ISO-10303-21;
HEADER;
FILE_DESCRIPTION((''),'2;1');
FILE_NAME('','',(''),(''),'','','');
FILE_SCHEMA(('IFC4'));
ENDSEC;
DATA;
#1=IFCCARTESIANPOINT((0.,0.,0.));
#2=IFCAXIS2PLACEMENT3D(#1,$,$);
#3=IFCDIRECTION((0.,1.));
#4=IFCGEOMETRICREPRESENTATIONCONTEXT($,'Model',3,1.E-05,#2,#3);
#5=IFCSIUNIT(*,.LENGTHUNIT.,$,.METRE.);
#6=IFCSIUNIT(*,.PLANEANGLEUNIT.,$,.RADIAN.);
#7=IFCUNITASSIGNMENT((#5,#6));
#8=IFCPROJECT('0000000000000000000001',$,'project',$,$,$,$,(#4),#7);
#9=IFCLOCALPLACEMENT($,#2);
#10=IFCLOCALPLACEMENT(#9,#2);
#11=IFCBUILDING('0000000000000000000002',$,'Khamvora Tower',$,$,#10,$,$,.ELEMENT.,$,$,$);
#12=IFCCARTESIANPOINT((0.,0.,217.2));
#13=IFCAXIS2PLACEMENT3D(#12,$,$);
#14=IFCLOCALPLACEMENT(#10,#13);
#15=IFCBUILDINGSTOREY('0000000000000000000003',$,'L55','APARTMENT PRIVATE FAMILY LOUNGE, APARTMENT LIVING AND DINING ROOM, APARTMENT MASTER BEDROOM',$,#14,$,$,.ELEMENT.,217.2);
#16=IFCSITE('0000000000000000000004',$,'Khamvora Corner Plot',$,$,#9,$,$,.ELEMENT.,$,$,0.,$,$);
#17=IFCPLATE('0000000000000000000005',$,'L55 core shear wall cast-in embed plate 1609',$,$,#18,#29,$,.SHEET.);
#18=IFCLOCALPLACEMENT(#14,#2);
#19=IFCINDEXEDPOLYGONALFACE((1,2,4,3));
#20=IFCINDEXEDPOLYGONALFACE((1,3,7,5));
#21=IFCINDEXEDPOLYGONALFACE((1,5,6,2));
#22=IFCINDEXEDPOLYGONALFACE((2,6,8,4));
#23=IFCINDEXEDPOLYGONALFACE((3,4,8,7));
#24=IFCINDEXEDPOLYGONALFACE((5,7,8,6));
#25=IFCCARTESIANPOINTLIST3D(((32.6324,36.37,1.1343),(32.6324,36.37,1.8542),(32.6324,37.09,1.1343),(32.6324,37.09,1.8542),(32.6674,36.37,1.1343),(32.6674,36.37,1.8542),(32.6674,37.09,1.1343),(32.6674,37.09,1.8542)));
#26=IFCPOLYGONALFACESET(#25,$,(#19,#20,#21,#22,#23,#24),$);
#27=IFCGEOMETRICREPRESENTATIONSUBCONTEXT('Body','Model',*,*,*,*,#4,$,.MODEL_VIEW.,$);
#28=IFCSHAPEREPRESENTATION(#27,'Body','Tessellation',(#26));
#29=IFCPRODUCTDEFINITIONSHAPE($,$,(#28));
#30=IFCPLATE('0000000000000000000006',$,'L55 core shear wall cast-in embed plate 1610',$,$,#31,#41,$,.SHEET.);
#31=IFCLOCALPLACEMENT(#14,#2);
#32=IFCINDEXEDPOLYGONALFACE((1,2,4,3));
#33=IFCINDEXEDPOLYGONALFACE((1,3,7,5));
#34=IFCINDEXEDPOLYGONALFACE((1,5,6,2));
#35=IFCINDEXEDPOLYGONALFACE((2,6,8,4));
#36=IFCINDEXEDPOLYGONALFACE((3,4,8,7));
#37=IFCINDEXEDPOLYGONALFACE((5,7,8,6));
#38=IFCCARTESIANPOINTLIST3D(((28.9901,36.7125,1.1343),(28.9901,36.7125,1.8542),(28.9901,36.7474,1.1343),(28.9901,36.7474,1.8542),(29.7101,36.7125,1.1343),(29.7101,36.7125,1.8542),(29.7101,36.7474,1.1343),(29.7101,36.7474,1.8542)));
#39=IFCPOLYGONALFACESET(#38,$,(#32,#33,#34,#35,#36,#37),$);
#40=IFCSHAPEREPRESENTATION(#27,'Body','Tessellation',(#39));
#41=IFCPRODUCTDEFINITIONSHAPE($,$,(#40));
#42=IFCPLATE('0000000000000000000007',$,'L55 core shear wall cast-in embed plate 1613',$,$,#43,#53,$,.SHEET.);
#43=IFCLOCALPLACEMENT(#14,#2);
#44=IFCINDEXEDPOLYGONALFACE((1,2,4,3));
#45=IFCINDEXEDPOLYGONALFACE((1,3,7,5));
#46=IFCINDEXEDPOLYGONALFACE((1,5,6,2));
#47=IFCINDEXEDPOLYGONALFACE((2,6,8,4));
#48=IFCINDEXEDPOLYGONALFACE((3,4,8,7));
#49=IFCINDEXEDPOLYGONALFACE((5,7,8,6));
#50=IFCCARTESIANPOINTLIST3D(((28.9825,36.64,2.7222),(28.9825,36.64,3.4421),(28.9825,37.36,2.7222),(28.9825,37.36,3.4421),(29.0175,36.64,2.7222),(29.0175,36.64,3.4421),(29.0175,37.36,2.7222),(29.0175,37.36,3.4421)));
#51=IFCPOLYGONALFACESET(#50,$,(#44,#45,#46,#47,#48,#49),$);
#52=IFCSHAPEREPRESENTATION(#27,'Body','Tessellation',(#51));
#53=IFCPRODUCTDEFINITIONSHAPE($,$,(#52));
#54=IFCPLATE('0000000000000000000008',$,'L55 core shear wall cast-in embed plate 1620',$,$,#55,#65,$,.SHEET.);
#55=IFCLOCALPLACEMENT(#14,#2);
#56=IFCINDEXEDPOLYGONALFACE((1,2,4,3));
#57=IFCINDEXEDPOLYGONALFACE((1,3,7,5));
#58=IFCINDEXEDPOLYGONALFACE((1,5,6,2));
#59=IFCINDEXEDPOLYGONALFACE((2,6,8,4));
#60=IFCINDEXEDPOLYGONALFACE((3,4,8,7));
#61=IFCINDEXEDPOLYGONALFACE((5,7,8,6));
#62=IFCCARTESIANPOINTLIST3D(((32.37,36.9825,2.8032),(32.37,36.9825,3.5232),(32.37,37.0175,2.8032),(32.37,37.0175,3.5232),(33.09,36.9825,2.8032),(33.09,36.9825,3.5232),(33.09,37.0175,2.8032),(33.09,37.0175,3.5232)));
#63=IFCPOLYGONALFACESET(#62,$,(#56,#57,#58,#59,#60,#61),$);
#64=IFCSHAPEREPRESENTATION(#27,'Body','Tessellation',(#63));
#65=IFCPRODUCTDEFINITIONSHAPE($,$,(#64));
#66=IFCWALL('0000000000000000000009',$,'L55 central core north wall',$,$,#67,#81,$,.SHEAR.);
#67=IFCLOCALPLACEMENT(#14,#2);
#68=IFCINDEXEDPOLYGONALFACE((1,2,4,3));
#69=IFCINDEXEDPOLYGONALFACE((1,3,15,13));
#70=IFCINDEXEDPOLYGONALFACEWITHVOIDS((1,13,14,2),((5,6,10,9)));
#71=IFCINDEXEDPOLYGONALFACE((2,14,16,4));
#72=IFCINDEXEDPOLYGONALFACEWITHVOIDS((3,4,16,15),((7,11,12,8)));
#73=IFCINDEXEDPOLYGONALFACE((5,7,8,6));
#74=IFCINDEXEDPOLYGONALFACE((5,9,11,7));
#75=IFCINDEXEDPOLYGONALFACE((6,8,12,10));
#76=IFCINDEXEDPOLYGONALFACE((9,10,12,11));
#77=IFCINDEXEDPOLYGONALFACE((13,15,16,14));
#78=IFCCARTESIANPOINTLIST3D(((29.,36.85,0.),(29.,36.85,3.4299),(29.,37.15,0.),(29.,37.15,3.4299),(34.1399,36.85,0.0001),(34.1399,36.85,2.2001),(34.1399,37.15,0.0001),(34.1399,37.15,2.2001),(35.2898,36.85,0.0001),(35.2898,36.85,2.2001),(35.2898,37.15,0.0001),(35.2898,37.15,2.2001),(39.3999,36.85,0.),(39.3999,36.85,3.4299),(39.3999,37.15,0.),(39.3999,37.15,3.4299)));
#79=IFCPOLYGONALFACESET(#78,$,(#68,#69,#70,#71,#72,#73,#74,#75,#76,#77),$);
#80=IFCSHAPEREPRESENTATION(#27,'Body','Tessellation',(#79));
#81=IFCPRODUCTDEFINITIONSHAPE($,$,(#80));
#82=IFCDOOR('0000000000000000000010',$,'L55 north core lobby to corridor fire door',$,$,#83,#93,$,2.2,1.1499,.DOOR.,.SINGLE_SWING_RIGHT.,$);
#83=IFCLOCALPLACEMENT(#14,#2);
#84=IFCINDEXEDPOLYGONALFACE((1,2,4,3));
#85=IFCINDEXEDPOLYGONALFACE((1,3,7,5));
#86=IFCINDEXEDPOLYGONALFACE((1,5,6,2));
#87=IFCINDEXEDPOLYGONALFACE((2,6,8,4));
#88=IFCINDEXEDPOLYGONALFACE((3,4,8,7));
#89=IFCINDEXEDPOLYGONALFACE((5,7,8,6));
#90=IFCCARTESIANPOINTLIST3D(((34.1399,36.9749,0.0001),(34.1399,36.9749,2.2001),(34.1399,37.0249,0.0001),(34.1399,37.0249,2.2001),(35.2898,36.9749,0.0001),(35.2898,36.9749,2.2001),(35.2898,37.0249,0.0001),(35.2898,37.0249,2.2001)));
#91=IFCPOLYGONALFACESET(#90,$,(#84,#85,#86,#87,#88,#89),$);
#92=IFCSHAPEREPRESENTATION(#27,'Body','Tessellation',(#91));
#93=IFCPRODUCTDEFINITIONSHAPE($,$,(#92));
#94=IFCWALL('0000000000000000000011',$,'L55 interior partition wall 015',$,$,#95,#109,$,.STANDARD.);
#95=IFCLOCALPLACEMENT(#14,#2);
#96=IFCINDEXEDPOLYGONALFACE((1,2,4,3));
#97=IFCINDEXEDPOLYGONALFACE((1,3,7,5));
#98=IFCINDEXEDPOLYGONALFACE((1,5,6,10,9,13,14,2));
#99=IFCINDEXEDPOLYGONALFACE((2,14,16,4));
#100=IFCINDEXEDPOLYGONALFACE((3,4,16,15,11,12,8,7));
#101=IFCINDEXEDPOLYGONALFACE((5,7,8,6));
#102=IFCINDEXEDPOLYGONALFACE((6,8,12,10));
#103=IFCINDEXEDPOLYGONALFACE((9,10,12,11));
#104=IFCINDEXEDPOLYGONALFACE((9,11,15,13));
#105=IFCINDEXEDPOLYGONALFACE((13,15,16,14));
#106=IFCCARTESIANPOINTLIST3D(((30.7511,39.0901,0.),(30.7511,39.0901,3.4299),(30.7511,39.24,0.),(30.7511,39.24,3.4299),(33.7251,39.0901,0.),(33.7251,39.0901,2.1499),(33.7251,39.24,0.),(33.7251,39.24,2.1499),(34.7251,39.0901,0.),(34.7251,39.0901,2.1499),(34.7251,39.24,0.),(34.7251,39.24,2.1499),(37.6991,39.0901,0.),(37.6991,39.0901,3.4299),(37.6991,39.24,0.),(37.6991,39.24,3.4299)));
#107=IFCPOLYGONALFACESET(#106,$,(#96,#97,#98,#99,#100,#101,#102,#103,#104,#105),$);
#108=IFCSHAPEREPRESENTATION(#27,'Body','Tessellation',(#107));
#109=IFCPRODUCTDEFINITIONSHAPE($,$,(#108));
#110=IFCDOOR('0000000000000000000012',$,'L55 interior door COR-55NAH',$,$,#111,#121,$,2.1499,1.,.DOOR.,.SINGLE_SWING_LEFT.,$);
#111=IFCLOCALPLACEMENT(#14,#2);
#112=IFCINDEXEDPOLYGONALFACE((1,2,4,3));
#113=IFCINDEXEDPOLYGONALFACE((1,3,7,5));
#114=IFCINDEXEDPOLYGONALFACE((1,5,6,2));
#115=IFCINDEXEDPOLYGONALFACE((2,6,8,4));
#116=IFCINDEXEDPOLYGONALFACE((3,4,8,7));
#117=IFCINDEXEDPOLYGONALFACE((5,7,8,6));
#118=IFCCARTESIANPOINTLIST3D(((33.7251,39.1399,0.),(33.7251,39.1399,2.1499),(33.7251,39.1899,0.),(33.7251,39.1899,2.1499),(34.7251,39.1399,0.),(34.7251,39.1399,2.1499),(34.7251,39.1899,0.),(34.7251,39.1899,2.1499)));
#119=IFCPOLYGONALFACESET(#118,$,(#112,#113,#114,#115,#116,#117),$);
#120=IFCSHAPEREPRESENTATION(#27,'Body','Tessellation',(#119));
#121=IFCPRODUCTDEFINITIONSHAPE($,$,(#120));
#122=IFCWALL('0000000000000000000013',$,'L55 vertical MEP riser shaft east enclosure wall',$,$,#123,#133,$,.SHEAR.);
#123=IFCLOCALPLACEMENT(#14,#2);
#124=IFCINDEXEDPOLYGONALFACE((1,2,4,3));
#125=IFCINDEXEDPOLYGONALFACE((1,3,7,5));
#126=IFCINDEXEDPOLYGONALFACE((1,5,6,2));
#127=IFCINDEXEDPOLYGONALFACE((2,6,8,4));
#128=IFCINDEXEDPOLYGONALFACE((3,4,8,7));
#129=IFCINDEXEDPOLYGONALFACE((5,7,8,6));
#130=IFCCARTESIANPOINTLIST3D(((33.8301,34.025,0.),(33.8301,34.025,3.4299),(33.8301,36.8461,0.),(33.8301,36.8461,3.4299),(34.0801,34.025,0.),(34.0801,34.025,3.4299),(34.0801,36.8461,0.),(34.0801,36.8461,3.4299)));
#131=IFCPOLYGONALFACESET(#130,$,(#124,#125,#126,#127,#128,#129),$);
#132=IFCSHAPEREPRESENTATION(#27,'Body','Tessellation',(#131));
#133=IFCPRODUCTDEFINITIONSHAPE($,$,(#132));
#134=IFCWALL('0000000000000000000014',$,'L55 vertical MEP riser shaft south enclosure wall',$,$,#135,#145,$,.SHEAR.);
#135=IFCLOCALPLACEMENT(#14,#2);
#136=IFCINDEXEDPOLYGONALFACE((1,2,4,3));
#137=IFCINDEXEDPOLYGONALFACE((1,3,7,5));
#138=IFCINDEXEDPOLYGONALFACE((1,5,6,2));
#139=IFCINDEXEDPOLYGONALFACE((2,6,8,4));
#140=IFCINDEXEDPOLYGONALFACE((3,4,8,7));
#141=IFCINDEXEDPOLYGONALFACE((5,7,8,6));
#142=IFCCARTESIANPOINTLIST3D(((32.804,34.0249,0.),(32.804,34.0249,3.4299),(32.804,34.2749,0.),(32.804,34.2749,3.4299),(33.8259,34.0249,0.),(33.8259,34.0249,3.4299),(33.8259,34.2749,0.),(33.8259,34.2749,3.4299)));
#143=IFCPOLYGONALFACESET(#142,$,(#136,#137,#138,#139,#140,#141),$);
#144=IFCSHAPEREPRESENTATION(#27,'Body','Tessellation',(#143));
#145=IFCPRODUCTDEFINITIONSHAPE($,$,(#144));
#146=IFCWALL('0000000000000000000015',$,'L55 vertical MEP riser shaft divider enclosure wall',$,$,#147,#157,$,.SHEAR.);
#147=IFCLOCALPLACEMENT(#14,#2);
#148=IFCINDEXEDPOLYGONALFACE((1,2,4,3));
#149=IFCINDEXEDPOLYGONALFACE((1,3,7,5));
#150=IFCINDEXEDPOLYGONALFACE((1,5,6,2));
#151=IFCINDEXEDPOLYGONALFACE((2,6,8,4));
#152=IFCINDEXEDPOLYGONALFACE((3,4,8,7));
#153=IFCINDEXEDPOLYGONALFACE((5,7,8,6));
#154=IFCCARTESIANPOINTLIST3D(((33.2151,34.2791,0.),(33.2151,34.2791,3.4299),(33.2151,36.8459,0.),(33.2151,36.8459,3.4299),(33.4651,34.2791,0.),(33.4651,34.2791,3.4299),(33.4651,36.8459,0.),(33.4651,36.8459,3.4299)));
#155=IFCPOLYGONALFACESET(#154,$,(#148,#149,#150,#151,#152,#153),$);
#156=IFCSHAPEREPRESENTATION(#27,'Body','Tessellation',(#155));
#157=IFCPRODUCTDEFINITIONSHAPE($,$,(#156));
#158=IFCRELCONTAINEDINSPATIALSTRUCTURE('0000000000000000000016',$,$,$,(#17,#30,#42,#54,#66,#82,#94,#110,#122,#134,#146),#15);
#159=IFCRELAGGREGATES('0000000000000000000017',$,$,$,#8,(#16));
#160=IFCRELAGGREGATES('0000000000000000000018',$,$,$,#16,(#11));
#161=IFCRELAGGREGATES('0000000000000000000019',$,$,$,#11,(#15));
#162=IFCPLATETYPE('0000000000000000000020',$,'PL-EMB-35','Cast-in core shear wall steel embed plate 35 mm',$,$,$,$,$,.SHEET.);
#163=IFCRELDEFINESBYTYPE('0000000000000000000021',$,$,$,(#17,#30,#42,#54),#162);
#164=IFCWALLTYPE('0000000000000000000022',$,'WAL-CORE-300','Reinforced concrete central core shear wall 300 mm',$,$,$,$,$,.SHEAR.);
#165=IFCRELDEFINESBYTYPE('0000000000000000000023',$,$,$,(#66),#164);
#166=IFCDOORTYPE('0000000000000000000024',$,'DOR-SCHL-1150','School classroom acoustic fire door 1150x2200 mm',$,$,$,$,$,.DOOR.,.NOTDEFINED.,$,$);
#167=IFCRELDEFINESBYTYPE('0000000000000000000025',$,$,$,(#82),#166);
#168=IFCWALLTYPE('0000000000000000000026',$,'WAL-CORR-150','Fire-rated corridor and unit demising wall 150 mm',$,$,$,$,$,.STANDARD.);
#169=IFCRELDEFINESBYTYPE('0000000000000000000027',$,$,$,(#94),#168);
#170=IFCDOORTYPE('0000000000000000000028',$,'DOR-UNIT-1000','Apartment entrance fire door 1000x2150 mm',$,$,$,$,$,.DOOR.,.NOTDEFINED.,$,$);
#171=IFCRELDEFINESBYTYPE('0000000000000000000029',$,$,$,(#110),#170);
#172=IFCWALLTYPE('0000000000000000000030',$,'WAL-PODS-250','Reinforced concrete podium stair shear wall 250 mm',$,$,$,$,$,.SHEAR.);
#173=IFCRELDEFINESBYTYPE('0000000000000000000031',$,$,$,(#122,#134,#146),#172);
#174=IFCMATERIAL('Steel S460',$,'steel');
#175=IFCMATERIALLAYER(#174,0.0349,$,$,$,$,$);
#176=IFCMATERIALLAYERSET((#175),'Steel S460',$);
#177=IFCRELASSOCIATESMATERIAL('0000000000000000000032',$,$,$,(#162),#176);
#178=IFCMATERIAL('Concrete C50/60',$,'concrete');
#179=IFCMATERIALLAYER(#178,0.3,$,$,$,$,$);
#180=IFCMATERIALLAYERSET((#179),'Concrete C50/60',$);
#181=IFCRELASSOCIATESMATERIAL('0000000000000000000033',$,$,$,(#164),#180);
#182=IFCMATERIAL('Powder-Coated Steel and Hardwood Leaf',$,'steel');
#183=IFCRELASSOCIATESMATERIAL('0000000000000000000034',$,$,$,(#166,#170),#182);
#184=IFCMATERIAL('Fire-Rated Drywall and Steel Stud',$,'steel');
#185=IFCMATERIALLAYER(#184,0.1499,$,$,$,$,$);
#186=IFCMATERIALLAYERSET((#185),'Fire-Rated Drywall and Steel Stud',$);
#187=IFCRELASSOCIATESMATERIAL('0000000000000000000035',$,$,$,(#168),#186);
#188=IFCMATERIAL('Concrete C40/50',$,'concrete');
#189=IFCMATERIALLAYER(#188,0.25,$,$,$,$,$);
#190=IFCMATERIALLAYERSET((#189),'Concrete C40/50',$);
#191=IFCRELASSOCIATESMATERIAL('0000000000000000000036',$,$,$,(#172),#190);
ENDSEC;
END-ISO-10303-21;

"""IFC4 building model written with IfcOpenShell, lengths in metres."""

from ifc_helpers import new_model, si_unit, direction, frame, frame_2d, origin, origin_2d, place, context, subcontext, project, spatial, rectangle, extrude, material, layer, layer_set, type_object, element, fill, save


model = new_model("IFC4")

# Units and contexts
model_context = context("Model", 3, precision=1e-05, world=origin(), true_north=direction((0.0, 1.0)))
body_context = subcontext(model_context, "Body", "Model", "MODEL_VIEW")
ifc_project = project(units=[si_unit("LENGTHUNIT", "METRE"), si_unit("PLANEANGLEUNIT", "RADIAN")], contexts=[model_context])

# Site, building, storey
site_placement = place(None, origin())
site = spatial("IfcSite", under=ifc_project, at=site_placement, Name="Khamvora Corner Plot", CompositionType="ELEMENT", RefElevation=0.0)
building_placement = place(site_placement, origin())
building = spatial("IfcBuilding", under=site, at=building_placement, Name="Khamvora Tower", CompositionType="ELEMENT")
storey_placement = place(building_placement, frame((0.0, 0.0, 217.2)))
storey = spatial("IfcBuildingStorey", under=building, at=storey_placement, Name="L55", Description="APARTMENT PRIVATE FAMILY LOUNGE, APARTMENT LIVING AND DINING ROOM, APARTMENT MASTER BEDROOM", CompositionType="ELEMENT", Elevation=217.2)

# Shared definitions
ifc_material_1 = material(Name="Steel S460", Category="steel")

# Plates
ifc_layer_1 = layer(ifc_material_1, 0.0349)
ifc_layer_set_1 = layer_set([ifc_layer_1], Name="Steel S460")
plate_type = type_object("IfcPlateType", Name="PL-EMB-35", Description="Cast-in core shear wall steel embed plate 35 mm", PredefinedType="SHEET", material=ifc_layer_set_1)
for number, where, z_axis, x_axis, name in (
    (1, (32.6499, 36.73, 1.1343), (0.0, 0.0, 1.0), (1.0, 0.0, 0.0), "L55 core shear wall cast-in embed plate 1609"),
):
    element("IfcPlate", number, at=place(storey_placement, frame(where, z_axis=z_axis, x_axis=x_axis)), inside=storey, type_object=plate_type, Name=name, PredefinedType="SHEET", context=body_context, shape_type="SweptSolid", body=[
        extrude(rectangle(XDim=0.0349, YDim=0.72, at=origin_2d()), origin(), (0.0, 0.0, 1.0), 0.72),
    ])
plate_1_placement = place(storey_placement, frame((29.3501, 36.73, 1.1343), z_axis=(0.0, 0.0, 1.0), x_axis=(1.0, 0.0, 0.0)))
element("IfcPlate", 2, at=plate_1_placement, inside=storey, type_object=plate_type, Name="L55 core shear wall cast-in embed plate 1610", PredefinedType="SHEET", context=body_context, shape_type="SweptSolid", body=[
    extrude(rectangle(XDim=0.72, YDim=0.0349, at=origin_2d()), origin(), (0.0, 0.0, 1.0), 0.72),
])
plate_2_placement = place(storey_placement, frame((29.0, 37.0, 2.7222), z_axis=(0.0, 0.0, 1.0), x_axis=(1.0, 0.0, 0.0)))
element("IfcPlate", 3, at=plate_2_placement, inside=storey, type_object=plate_type, Name="L55 core shear wall cast-in embed plate 1613", PredefinedType="SHEET", context=body_context, shape_type="SweptSolid", body=[
    extrude(rectangle(XDim=0.0349, YDim=0.72, at=origin_2d()), origin(), (0.0, 0.0, 1.0), 0.72),
])
plate_3_placement = place(storey_placement, frame((32.73, 37.0, 2.8032), z_axis=(0.0, 0.0, 1.0), x_axis=(1.0, 0.0, 0.0)))
element("IfcPlate", 4, at=plate_3_placement, inside=storey, type_object=plate_type, Name="L55 core shear wall cast-in embed plate 1620", PredefinedType="SHEET", context=body_context, shape_type="SweptSolid", body=[
    extrude(rectangle(XDim=0.72, YDim=0.0349, at=origin_2d()), origin(), (0.0, 0.0, 1.0), 0.72),
])

# Walls, openings, doors
ifc_material_2 = material(Name="Concrete C50/60", Category="concrete")
ifc_layer_2 = layer(ifc_material_2, 0.3)
ifc_layer_set_2 = layer_set([ifc_layer_2], Name="Concrete C50/60")
wall_type_1 = type_object("IfcWallType", Name="WAL-CORE-300", Description="Reinforced concrete central core shear wall 300 mm", PredefinedType="SHEAR", material=ifc_layer_set_2)
wall_1_placement = place(storey_placement, frame((29.0, 37.0, 0.0), z_axis=(0.0, 0.0, 1.0), x_axis=(1.0, 0.0, 0.0)))
wall_1 = element("IfcWall", 5, at=wall_1_placement, inside=storey, type_object=wall_type_1, Name="L55 central core north wall", PredefinedType="SHEAR", context=body_context, shape_type="SweptSolid", body=[
    extrude(rectangle(XDim=10.3999, YDim=0.3, at=frame_2d((5.2, 0.0))), origin(), (0.0, 0.0, 1.0), 3.4299),
])
opening_1_placement = place(wall_1_placement, frame((5.1399, 0.0, 0.0)))
opening_1 = element("IfcOpeningElement", 6, at=opening_1_placement, cuts=wall_1, PredefinedType="OPENING", context=body_context, shape_type="SweptSolid", body=[
    extrude(rectangle(XDim=1.1499, YDim=2.2, at=frame_2d((0.575, 1.1001))), frame((0.0, 0.1599, 0.0), z_axis=(0.0, -1.0, 0.0), x_axis=(1.0, 0.0, 0.0)), (0.0, 0.0, 1.0), 0.3201),
])
ifc_material_3 = material(Name="Powder-Coated Steel and Hardwood Leaf", Category="steel")
door_type_1 = type_object("IfcDoorType", Name="DOR-SCHL-1150", Description="School classroom acoustic fire door 1150x2200 mm", OperationType="NOTDEFINED", PredefinedType="DOOR", material=ifc_material_3)
door_1_placement = place(opening_1_placement, origin())
door_1 = element("IfcDoor", 7, at=door_1_placement, inside=storey, type_object=door_type_1, Name="L55 north core lobby to corridor fire door", OperationType="SINGLE_SWING_RIGHT", OverallHeight=2.2, OverallWidth=1.1499, PredefinedType="DOOR", context=body_context, shape_type="SweptSolid", body=[
    extrude(rectangle(XDim=1.1499, YDim=2.2, at=frame_2d((0.575, 1.1001))), frame((0.0, 0.0249, 0.0), z_axis=(0.0, -1.0, 0.0), x_axis=(1.0, 0.0, 0.0)), (0.0, 0.0, 1.0), 0.05),
])
fill(opening_1, door_1)
ifc_material_4 = material(Name="Fire-Rated Drywall and Steel Stud", Category="steel")
ifc_layer_3 = layer(ifc_material_4, 0.1499)
ifc_layer_set_3 = layer_set([ifc_layer_3], Name="Fire-Rated Drywall and Steel Stud")
wall_type_2 = type_object("IfcWallType", Name="WAL-CORR-150", Description="Fire-rated corridor and unit demising wall 150 mm", PredefinedType="STANDARD", material=ifc_layer_set_3)
wall_2_placement = place(storey_placement, frame((30.751, 39.165, 0.0), z_axis=(0.0, 0.0, 1.0), x_axis=(1.0, 0.0, 0.0)))
wall_2 = element("IfcWall", 8, at=wall_2_placement, inside=storey, type_object=wall_type_2, Name="L55 interior partition wall 015", PredefinedType="STANDARD", context=body_context, shape_type="SweptSolid", body=[
    extrude(rectangle(XDim=6.948, YDim=0.1499, at=frame_2d((3.4741, 0.0))), origin(), (0.0, 0.0, 1.0), 3.4299),
])
opening_2_placement = place(wall_2_placement, frame((2.9741, 0.0, 0.0)))
opening_2 = element("IfcOpeningElement", 9, at=opening_2_placement, cuts=wall_2, PredefinedType="OPENING", context=body_context, shape_type="SweptSolid", body=[
    extrude(rectangle(XDim=1.0, YDim=2.1499, at=frame_2d((0.5, 1.075))), frame((0.0, 0.085, 0.0), z_axis=(0.0, -1.0, 0.0), x_axis=(1.0, 0.0, 0.0)), (0.0, 0.0, 1.0), 0.1699),
])
door_type_2 = type_object("IfcDoorType", Name="DOR-UNIT-1000", Description="Apartment entrance fire door 1000x2150 mm", OperationType="NOTDEFINED", PredefinedType="DOOR", material=ifc_material_3)
door_2_placement = place(opening_2_placement, origin())
door_2 = element("IfcDoor", 10, at=door_2_placement, inside=storey, type_object=door_type_2, Name="L55 interior door COR-55NAH", OperationType="SINGLE_SWING_LEFT", OverallHeight=2.1499, OverallWidth=1.0, PredefinedType="DOOR", context=body_context, shape_type="SweptSolid", body=[
    extrude(rectangle(XDim=1.0, YDim=2.1499, at=frame_2d((0.5, 1.075))), frame((0.0, 0.0249, 0.0), z_axis=(0.0, -1.0, 0.0), x_axis=(1.0, 0.0, 0.0)), (0.0, 0.0, 1.0), 0.05),
])
fill(opening_2, door_2)

# Walls
ifc_material_5 = material(Name="Concrete C40/50", Category="concrete")
ifc_layer_4 = layer(ifc_material_5, 0.25)
ifc_layer_set_4 = layer_set([ifc_layer_4], Name="Concrete C40/50")
wall_type_3 = type_object("IfcWallType", Name="WAL-PODS-250", Description="Reinforced concrete podium stair shear wall 250 mm", PredefinedType="SHEAR", material=ifc_layer_set_4)
wall_3_placement = place(storey_placement, frame((33.9551, 34.0249, 0.0), z_axis=(0.0, 0.0, 1.0), x_axis=(0.0, 1.0, 0.0)))
element("IfcWall", 11, at=wall_3_placement, inside=storey, type_object=wall_type_3, Name="L55 vertical MEP riser shaft east enclosure wall", PredefinedType="SHEAR", context=body_context, shape_type="SweptSolid", body=[
    extrude(rectangle(XDim=2.821, YDim=0.25, at=frame_2d((1.4106, 0.0))), origin(), (0.0, 0.0, 1.0), 3.4299),
])
wall_4_placement = place(storey_placement, frame((32.804, 34.1499, 0.0), z_axis=(0.0, 0.0, 1.0), x_axis=(1.0, 0.0, 0.0)))
element("IfcWall", 12, at=wall_4_placement, inside=storey, type_object=wall_type_3, Name="L55 vertical MEP riser shaft south enclosure wall", PredefinedType="SHEAR", context=body_context, shape_type="SweptSolid", body=[
    extrude(rectangle(XDim=1.022, YDim=0.25, at=frame_2d((0.511, 0.0))), origin(), (0.0, 0.0, 1.0), 3.4299),
])
wall_5_placement = place(storey_placement, frame((33.3401, 34.2791, 0.0), z_axis=(0.0, 0.0, 1.0), x_axis=(0.0, 1.0, 0.0)))
element("IfcWall", 13, at=wall_5_placement, inside=storey, type_object=wall_type_3, Name="L55 vertical MEP riser shaft divider enclosure wall", PredefinedType="SHEAR", context=body_context, shape_type="SweptSolid", body=[
    extrude(rectangle(XDim=2.5669, YDim=0.25, at=frame_2d((1.2834, 0.0))), origin(), (0.0, 0.0, 1.0), 3.4299),
])

save(model, "model.ifc")
